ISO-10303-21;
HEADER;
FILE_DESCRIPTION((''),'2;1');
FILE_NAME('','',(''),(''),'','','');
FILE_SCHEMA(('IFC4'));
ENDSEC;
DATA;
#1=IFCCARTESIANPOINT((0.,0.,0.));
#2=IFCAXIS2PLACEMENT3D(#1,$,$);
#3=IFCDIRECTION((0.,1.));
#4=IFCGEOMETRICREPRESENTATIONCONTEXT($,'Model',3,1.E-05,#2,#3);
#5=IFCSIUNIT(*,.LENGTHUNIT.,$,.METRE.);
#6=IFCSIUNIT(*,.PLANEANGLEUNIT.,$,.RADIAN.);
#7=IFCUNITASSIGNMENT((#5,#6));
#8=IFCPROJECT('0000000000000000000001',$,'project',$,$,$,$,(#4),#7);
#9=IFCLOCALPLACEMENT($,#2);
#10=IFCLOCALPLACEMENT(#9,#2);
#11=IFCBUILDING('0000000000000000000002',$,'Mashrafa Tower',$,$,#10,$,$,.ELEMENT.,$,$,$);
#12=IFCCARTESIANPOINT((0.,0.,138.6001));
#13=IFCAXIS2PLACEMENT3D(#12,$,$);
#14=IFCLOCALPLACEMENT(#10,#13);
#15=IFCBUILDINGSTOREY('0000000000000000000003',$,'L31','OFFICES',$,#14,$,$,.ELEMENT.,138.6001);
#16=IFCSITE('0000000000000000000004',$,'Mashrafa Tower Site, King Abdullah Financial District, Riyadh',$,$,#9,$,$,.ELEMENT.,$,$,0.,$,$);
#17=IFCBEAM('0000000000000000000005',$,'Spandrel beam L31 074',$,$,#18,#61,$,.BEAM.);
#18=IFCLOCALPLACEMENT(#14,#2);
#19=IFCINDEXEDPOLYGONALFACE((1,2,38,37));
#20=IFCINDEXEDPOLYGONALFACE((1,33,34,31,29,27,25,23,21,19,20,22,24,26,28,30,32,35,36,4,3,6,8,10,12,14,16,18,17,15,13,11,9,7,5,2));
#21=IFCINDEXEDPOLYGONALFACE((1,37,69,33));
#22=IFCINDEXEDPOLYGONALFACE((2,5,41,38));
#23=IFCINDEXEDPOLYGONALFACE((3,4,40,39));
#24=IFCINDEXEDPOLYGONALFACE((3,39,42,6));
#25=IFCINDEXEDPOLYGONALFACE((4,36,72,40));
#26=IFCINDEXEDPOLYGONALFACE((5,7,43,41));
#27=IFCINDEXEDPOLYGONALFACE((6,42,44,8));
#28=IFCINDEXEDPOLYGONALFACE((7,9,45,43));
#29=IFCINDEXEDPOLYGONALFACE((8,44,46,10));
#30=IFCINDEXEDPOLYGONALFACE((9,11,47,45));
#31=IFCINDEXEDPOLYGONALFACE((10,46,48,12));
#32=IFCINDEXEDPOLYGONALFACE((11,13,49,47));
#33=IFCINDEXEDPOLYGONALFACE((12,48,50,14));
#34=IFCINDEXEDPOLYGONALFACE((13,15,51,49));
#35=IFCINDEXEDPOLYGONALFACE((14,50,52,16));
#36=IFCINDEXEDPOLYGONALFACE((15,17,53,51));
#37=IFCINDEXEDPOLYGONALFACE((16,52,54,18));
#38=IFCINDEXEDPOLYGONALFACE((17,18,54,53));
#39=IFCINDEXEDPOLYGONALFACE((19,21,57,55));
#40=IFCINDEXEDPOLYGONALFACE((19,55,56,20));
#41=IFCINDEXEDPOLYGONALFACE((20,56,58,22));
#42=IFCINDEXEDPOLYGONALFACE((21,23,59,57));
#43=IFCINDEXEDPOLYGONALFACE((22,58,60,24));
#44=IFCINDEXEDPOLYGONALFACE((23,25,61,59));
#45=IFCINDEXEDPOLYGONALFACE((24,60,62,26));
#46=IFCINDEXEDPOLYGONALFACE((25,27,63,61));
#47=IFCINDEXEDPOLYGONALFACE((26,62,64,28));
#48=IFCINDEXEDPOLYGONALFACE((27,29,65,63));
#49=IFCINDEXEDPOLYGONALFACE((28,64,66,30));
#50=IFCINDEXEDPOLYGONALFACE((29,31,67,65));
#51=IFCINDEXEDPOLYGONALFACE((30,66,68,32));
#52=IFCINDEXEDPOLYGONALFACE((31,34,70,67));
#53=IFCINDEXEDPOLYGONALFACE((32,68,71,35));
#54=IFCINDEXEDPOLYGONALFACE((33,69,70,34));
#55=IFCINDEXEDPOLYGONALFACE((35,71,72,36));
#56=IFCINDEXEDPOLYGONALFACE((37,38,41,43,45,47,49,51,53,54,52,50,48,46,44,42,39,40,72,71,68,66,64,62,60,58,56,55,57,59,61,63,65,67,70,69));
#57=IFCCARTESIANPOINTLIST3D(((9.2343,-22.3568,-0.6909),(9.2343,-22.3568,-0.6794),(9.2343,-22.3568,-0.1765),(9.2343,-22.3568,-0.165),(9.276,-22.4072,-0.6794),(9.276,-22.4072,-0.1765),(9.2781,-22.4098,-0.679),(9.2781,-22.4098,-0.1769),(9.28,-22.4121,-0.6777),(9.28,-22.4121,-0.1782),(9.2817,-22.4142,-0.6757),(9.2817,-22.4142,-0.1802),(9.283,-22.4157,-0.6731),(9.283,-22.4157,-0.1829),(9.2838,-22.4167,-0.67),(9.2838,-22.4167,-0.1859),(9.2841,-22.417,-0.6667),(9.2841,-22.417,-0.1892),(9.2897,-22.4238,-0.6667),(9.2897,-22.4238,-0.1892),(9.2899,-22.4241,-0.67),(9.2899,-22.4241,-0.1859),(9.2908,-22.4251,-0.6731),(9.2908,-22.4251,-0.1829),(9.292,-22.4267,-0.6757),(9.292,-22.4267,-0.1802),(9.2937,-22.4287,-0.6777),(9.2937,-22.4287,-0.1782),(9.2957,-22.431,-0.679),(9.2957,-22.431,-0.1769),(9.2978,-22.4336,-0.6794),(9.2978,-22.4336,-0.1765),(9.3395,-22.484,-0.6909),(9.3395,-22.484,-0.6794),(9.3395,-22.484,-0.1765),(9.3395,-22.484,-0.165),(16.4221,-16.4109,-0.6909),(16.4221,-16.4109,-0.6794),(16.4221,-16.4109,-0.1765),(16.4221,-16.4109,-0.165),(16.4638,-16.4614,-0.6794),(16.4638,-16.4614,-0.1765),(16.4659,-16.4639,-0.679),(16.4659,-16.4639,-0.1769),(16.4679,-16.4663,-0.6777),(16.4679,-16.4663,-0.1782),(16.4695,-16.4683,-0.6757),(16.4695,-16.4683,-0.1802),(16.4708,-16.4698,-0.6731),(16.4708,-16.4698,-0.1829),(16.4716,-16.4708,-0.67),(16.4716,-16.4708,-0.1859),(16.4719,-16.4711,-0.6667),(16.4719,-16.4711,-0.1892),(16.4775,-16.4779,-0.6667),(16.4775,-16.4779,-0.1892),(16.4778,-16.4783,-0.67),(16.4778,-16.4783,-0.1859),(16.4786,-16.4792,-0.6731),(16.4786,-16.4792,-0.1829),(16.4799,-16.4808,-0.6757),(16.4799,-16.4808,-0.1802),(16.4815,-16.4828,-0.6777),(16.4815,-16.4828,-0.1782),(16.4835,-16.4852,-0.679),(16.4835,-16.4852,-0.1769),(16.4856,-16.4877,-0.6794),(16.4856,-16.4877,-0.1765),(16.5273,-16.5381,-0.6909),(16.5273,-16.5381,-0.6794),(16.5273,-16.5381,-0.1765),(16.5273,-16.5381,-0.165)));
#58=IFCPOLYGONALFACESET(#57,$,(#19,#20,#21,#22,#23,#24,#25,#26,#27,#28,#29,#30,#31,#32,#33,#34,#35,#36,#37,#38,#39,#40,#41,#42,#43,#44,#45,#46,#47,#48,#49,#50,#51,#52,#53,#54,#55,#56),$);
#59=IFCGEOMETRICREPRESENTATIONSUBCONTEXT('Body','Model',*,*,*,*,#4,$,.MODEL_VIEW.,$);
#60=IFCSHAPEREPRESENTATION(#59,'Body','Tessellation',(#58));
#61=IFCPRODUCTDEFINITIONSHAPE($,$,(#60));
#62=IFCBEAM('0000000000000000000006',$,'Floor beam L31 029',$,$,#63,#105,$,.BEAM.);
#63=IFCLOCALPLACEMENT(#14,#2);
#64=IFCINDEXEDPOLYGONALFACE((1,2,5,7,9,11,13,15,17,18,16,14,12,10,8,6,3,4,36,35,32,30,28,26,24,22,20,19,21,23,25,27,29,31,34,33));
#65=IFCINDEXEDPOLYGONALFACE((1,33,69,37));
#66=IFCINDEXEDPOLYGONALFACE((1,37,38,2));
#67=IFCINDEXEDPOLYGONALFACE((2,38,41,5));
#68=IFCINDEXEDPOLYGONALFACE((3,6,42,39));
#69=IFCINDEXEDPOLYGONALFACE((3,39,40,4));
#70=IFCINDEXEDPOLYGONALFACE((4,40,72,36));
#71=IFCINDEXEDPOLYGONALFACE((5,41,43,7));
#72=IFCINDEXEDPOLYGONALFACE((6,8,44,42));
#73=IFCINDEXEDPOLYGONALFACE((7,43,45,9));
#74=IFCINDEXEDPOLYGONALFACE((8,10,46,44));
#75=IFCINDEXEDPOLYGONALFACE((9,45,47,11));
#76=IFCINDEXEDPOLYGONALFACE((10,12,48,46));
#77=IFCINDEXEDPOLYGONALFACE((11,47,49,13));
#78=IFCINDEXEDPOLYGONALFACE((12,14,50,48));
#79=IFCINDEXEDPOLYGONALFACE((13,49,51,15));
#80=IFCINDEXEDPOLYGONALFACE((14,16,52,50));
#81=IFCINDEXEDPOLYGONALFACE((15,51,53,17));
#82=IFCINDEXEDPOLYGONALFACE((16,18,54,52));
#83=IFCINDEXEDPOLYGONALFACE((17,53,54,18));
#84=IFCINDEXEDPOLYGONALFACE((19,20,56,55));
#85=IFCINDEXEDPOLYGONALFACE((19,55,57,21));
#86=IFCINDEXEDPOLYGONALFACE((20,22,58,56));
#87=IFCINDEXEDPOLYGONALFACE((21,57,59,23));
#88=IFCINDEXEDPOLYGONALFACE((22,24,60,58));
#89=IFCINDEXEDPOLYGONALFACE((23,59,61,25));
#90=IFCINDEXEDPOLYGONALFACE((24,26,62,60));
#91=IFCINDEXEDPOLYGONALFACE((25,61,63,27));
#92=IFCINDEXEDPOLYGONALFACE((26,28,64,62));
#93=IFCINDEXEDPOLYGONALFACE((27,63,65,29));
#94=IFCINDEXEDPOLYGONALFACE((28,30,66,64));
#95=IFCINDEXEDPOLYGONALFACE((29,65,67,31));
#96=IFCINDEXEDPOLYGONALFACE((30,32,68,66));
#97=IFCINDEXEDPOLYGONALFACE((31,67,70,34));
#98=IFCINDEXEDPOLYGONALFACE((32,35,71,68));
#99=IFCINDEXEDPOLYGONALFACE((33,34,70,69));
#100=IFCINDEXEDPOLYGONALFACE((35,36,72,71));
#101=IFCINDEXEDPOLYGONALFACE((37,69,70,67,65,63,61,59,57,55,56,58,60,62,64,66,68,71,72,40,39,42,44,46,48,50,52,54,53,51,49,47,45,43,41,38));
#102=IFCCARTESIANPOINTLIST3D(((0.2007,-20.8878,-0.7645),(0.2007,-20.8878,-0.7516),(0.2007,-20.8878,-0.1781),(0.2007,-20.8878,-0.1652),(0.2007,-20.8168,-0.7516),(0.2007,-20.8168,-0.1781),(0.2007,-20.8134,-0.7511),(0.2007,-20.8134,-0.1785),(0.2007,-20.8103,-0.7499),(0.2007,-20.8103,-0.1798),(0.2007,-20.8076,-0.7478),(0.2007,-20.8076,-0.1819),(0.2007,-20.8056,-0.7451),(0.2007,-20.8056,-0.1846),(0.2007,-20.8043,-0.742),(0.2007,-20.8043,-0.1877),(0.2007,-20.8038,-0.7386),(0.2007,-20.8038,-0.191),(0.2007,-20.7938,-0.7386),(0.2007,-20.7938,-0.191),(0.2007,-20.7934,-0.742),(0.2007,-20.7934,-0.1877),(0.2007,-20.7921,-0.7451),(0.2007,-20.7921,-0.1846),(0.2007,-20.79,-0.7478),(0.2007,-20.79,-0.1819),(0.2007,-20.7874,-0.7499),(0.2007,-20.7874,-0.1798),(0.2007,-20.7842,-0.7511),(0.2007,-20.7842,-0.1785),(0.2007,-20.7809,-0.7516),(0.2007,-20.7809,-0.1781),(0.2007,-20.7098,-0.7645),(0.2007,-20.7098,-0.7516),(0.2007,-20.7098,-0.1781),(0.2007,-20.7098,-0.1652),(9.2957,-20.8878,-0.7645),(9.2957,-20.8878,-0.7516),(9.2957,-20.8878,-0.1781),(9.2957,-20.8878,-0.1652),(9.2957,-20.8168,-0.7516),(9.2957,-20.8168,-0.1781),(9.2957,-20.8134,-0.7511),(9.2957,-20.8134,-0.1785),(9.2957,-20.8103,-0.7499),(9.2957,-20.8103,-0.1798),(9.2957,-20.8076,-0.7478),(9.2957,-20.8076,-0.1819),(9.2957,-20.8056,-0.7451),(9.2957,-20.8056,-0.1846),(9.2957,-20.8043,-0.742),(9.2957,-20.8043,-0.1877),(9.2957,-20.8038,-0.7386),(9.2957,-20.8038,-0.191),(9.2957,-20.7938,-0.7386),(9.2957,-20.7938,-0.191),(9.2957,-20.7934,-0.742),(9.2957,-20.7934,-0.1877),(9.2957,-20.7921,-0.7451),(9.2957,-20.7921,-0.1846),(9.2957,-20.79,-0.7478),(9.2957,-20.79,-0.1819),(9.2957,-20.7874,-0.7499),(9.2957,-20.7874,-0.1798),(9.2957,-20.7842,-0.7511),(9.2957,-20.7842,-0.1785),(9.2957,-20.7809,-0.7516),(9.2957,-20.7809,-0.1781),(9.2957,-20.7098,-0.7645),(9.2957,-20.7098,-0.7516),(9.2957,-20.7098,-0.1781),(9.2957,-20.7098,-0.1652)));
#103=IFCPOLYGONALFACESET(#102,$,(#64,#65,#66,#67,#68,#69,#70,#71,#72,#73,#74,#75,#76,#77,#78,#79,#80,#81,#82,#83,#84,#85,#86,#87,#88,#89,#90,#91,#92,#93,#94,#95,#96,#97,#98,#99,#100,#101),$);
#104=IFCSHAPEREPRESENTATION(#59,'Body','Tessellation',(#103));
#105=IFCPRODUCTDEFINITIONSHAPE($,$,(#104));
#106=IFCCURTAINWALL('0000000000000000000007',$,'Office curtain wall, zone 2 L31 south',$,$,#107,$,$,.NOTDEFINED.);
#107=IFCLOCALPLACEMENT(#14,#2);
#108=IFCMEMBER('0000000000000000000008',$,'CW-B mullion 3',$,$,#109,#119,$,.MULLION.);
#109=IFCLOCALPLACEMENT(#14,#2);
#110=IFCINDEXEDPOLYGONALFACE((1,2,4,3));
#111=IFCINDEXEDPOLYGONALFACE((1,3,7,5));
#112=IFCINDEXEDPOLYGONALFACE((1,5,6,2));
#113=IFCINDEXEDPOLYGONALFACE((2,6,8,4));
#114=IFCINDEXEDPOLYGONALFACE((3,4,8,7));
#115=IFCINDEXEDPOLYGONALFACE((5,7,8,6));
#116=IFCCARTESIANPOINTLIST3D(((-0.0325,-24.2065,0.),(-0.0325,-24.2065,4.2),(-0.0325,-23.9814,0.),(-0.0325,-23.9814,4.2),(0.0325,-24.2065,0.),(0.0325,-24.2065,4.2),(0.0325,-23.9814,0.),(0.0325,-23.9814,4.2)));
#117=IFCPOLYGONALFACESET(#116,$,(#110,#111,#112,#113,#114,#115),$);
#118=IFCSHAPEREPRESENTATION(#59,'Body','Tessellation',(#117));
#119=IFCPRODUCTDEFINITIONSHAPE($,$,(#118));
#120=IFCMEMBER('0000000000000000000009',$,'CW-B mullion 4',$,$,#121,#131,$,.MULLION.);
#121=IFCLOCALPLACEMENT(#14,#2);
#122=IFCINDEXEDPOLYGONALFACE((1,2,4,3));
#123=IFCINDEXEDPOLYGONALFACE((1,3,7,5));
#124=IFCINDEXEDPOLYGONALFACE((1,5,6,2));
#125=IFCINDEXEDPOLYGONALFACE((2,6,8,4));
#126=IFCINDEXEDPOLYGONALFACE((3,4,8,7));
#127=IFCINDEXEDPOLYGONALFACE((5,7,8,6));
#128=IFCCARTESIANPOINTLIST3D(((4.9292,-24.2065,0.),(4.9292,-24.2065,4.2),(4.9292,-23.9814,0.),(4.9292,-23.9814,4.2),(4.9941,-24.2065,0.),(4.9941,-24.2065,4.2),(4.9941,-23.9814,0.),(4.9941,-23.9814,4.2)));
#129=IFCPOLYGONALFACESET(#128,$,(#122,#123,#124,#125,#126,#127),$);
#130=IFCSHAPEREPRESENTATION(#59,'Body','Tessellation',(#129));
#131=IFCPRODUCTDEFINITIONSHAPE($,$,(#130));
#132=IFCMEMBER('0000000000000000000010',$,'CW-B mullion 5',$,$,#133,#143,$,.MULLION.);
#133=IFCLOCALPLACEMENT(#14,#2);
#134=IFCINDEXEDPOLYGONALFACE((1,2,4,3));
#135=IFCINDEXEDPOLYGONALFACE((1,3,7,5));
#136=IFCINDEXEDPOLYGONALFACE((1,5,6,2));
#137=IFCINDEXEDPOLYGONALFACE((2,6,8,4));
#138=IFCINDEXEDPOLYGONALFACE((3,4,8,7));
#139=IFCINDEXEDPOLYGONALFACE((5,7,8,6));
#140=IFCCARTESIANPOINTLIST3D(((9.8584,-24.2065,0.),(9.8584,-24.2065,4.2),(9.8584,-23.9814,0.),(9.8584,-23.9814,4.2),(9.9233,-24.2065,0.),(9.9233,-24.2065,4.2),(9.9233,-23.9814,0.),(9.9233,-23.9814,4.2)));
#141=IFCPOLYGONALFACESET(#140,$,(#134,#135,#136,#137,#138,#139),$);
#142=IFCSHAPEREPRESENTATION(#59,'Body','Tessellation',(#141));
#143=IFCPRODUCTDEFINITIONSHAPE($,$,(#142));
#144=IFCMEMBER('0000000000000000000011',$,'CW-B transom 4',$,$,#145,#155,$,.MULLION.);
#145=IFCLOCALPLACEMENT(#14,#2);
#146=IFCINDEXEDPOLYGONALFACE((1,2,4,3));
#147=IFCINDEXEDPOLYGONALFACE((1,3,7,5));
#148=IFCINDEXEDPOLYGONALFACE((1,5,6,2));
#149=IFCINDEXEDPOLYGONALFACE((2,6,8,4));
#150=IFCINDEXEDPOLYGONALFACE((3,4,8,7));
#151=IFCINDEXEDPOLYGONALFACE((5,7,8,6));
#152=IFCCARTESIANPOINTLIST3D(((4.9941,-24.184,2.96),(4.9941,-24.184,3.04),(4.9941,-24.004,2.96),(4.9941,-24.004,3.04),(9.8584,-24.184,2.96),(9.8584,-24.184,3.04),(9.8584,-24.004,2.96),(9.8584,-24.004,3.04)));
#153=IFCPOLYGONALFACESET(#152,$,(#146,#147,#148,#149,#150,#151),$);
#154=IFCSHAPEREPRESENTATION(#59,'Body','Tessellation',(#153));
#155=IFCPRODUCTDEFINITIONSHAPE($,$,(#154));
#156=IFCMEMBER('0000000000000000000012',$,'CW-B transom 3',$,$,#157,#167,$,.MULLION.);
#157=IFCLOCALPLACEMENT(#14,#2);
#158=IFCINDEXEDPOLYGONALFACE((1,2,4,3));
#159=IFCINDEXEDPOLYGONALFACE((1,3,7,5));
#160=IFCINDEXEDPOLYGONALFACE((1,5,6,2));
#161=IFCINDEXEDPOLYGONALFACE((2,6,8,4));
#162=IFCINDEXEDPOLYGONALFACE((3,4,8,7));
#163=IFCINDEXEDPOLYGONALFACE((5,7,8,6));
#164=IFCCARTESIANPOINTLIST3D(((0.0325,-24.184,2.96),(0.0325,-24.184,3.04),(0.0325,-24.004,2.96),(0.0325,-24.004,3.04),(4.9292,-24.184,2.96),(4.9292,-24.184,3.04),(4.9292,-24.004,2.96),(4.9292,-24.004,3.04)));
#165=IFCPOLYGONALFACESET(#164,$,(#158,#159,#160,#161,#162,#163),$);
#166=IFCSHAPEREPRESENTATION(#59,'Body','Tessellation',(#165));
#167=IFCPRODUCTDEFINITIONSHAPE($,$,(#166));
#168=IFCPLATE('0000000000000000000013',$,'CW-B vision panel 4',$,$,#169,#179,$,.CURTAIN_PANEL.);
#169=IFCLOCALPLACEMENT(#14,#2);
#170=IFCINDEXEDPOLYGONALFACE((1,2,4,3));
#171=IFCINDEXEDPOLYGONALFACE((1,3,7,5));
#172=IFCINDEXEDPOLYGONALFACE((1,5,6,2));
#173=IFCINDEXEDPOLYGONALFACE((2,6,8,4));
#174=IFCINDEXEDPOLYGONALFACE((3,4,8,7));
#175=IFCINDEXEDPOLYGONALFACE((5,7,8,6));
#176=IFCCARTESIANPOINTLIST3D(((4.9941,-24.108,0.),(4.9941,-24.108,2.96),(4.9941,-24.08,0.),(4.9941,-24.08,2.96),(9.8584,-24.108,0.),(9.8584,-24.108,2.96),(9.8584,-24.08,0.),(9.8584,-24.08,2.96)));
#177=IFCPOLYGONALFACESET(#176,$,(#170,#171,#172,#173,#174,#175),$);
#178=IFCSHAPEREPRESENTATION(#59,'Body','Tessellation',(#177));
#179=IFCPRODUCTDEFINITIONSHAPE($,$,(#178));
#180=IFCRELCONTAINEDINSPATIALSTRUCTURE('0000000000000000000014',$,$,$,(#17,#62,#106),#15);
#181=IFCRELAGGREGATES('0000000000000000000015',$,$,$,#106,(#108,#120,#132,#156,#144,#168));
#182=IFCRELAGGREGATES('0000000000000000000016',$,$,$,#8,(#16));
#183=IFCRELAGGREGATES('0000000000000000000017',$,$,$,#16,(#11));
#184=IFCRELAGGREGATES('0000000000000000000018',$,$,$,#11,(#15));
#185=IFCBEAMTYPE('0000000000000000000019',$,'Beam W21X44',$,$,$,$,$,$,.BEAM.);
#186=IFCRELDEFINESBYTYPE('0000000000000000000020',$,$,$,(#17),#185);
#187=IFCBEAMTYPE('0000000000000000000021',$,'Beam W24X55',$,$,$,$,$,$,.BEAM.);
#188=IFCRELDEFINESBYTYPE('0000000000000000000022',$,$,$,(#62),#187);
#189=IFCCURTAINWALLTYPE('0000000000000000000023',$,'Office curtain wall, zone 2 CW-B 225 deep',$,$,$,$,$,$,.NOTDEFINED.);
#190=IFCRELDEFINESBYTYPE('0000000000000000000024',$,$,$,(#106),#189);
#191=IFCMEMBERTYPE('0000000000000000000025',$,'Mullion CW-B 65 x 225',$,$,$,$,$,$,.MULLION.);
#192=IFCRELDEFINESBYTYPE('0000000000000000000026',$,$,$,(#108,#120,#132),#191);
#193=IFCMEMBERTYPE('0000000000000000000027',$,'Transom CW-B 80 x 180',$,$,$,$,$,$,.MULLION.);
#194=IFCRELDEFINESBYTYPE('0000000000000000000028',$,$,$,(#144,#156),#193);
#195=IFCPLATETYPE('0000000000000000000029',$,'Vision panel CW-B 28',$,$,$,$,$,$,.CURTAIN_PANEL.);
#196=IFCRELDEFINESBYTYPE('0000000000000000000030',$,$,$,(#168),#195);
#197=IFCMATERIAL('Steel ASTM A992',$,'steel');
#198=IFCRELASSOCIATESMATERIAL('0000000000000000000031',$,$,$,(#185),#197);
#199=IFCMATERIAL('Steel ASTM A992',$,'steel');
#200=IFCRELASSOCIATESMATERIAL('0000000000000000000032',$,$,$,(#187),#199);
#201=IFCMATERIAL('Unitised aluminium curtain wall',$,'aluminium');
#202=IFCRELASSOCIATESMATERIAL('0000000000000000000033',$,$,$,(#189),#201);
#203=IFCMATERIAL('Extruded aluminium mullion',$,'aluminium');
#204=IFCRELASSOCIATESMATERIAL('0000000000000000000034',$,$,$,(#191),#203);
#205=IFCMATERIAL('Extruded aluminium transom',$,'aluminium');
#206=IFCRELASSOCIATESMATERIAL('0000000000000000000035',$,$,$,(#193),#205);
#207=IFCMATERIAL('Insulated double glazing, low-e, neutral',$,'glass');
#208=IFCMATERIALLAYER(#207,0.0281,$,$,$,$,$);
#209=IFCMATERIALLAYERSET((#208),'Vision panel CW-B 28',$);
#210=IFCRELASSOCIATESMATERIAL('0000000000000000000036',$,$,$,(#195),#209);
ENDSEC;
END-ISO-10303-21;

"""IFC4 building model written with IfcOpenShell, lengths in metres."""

from ifc_helpers import new_model, si_unit, direction, frame, origin, origin_2d, place, context, subcontext, project, spatial, rectangle, i_section, extrude, source, transform, mapped, material, layer, layer_set, material_profile, profile_set, type_object, type_shapes, element, aggregate, save


model = new_model("IFC4")

# Units and contexts
model_context = context("Model", 3, precision=1e-05, world=origin(), true_north=direction((0.0, 1.0)))
body_context = subcontext(model_context, "Body", "Model", "MODEL_VIEW")
ifc_project = project(units=[si_unit("LENGTHUNIT", "METRE"), si_unit("PLANEANGLEUNIT", "RADIAN")], contexts=[model_context])

# Site, building, storey
site_placement = place(None, origin())
site = spatial("IfcSite", under=ifc_project, at=site_placement, Name="Mashrafa Tower Site, King Abdullah Financial District, Riyadh", CompositionType="ELEMENT", RefElevation=0.0)
building_placement = place(site_placement, origin())
building = spatial("IfcBuilding", under=site, at=building_placement, Name="Mashrafa Tower", CompositionType="ELEMENT")
storey_placement = place(building_placement, frame((0.0, 0.0, 138.6001)))
storey = spatial("IfcBuildingStorey", under=building, at=storey_placement, Name="L31", Description="OFFICES", CompositionType="ELEMENT", Elevation=138.6001)

# Beams
ifc_material_1 = material(Name="Steel ASTM A992", Category="steel")
ifc_material_profile_1 = material_profile(ifc_material_1, i_section(OverallWidth=0.165, OverallDepth=0.5259, WebThickness=0.0088, FlangeThickness=0.0115, FilletRadius=0.0127, at=origin_2d()), Name="W21X44")
ifc_profile_set_1 = profile_set([ifc_material_profile_1], Name="Steel ASTM A992")
beam_type_1 = type_object("IfcBeamType", Name="Beam W21X44", PredefinedType="BEAM", material=ifc_profile_set_1)
for number, where, z_axis, x_axis, name in (
    (1, (9.2869, -22.4204, -0.428), (0.770535, 0.637397, 0.0), (-0.637397, 0.770535, 0.0), "Spandrel beam L31 074"),
):
    element("IfcBeam", number, at=place(storey_placement, frame(where, z_axis=z_axis, x_axis=x_axis)), inside=storey, type_object=beam_type_1, Name=name, PredefinedType="BEAM", context=body_context, shape_type="SweptSolid", body=[
        extrude(i_section(OverallWidth=0.165, OverallDepth=0.5259, WebThickness=0.0088, FlangeThickness=0.0115, FilletRadius=0.0127, at=origin_2d()), origin(), (0.0, 0.0, 1.0), 9.3284),
    ])
ifc_material_2 = material(Name="Steel ASTM A992", Category="steel")
ifc_material_profile_2 = material_profile(ifc_material_2, i_section(OverallWidth=0.178, OverallDepth=0.5994, WebThickness=0.01, FlangeThickness=0.0129, FilletRadius=0.0129, at=origin_2d()), Name="W24X55")
ifc_profile_set_2 = profile_set([ifc_material_profile_2], Name="Steel ASTM A992")
beam_type_2 = type_object("IfcBeamType", Name="Beam W24X55", PredefinedType="BEAM", material=ifc_profile_set_2)
beam_1_placement = place(storey_placement, frame((9.2957, -20.7988, -0.4648), z_axis=(-1.0, 0.0, 0.0), x_axis=(0.0, -1.0, 0.0)))
element("IfcBeam", 2, at=beam_1_placement, inside=storey, type_object=beam_type_2, Name="Floor beam L31 029", PredefinedType="BEAM", context=body_context, shape_type="SweptSolid", body=[
    extrude(i_section(OverallWidth=0.178, OverallDepth=0.5994, WebThickness=0.01, FlangeThickness=0.0129, FilletRadius=0.0129, at=origin_2d()), origin(), (0.0, 0.0, 1.0), 9.095),
])

# Curtain wall, members, plate
ifc_material_3 = material(Name="Unitised aluminium curtain wall", Category="aluminium")
curtain_wall_type = type_object("IfcCurtainWallType", Name="Office curtain wall, zone 2 CW-B 225 deep", PredefinedType="NOTDEFINED", material=ifc_material_3)
curtain_wall_placement = place(storey_placement, origin())
curtain_wall = element("IfcCurtainWall", 3, at=curtain_wall_placement, inside=storey, type_object=curtain_wall_type, Name="Office curtain wall, zone 2 L31 south", PredefinedType="NOTDEFINED")
ifc_material_4 = material(Name="Extruded aluminium mullion", Category="aluminium")
ifc_material_profile_3 = material_profile(ifc_material_4, rectangle(XDim=0.2251, YDim=0.0649, at=origin_2d()), Name="Mullion 65x225")
ifc_profile_set_3 = profile_set([ifc_material_profile_3], Name="Extruded aluminium mullion")
member_type_1 = type_object("IfcMemberType", Name="Mullion CW-B 65 x 225", PredefinedType="MULLION", material=ifc_profile_set_3)
shared_shape_1 = source(origin(), body_context, "Body", "SweptSolid", [
    extrude(rectangle(XDim=0.2251, YDim=0.0649, at=origin_2d()), origin(), (0.0, 0.0, 1.0), 4.2),
])
type_shapes(member_type_1, [shared_shape_1])
member_1_placement = place(storey_placement, frame((0.0, -24.094, 0.0), z_axis=(0.0, 0.0, 1.0), x_axis=(0.0, 1.0, 0.0)))
member_1 = element("IfcMember", 4, at=member_1_placement, type_object=member_type_1, Name="CW-B mullion 3", PredefinedType="MULLION", context=body_context, shape_type="MappedRepresentation", body=[
    mapped(shared_shape_1, transform((0.0, 0.0, 0.0))),
])
member_2_placement = place(storey_placement, frame((4.9617, -24.094, 0.0), z_axis=(0.0, 0.0, 1.0), x_axis=(0.0, 1.0, 0.0)))
member_2 = element("IfcMember", 5, at=member_2_placement, type_object=member_type_1, Name="CW-B mullion 4", PredefinedType="MULLION", context=body_context, shape_type="MappedRepresentation", body=[
    mapped(shared_shape_1, transform((0.0, 0.0, 0.0))),
])
member_3_placement = place(storey_placement, frame((9.8909, -24.094, 0.0), z_axis=(0.0, 0.0, 1.0), x_axis=(0.0, 1.0, 0.0)))
member_3 = element("IfcMember", 6, at=member_3_placement, type_object=member_type_1, Name="CW-B mullion 5", PredefinedType="MULLION", context=body_context, shape_type="MappedRepresentation", body=[
    mapped(shared_shape_1, transform((0.0, 0.0, 0.0))),
])
ifc_material_5 = material(Name="Extruded aluminium transom", Category="aluminium")
ifc_material_profile_4 = material_profile(ifc_material_5, rectangle(XDim=0.1799, YDim=0.0801, at=origin_2d()), Name="Transom 80x180")
ifc_profile_set_4 = profile_set([ifc_material_profile_4], Name="Extruded aluminium transom")
member_type_2 = type_object("IfcMemberType", Name="Transom CW-B 80 x 180", PredefinedType="MULLION", material=ifc_profile_set_4)
shared_shape_2 = source(origin(), body_context, "Body", "SweptSolid", [
    extrude(rectangle(XDim=0.1799, YDim=0.0801, at=origin_2d()), origin(), (0.0, 0.0, 1.0), 4.8643),
])
member_4_placement = place(storey_placement, frame((4.9941, -24.094, 3.0), z_axis=(1.0, 0.0, 0.0), x_axis=(0.0, 1.0, 0.0)))
member_4 = element("IfcMember", 7, at=member_4_placement, type_object=member_type_2, Name="CW-B transom 4", PredefinedType="MULLION", context=body_context, shape_type="MappedRepresentation", body=[
    mapped(shared_shape_2, transform((0.0, 0.0, 0.0))),
])
shared_shape_3 = source(origin(), body_context, "Body", "SweptSolid", [
    extrude(rectangle(XDim=0.1799, YDim=0.0801, at=origin_2d()), origin(), (0.0, 0.0, 1.0), 4.8967),
])
type_shapes(member_type_2, [shared_shape_2, shared_shape_3])
member_5_placement = place(storey_placement, frame((0.0325, -24.094, 3.0), z_axis=(1.0, 0.0, 0.0), x_axis=(0.0, 1.0, 0.0)))
member_5 = element("IfcMember", 8, at=member_5_placement, type_object=member_type_2, Name="CW-B transom 3", PredefinedType="MULLION", context=body_context, shape_type="MappedRepresentation", body=[
    mapped(shared_shape_3, transform((0.0, 0.0, 0.0))),
])
ifc_material_6 = material(Name="Insulated double glazing, low-e, neutral", Category="glass")
ifc_layer_1 = layer(ifc_material_6, 0.0281)
ifc_layer_set_1 = layer_set([ifc_layer_1], Name="Vision panel CW-B 28")
plate_type_1 = type_object("IfcPlateType", Name="Vision panel CW-B 28", PredefinedType="CURTAIN_PANEL", material=ifc_layer_set_1)
shared_shape_4 = source(origin(), body_context, "Body", "SweptSolid", [
    extrude(rectangle(XDim=4.8643, YDim=0.0281, at=origin_2d()), origin(), (0.0, 0.0, 1.0), 2.96),
])
plate_1_placement = place(storey_placement, frame((7.4263, -24.094, 0.0), z_axis=(0.0, 0.0, 1.0), x_axis=(1.0, 0.0, 0.0)))
plate_1 = element("IfcPlate", 9, at=plate_1_placement, type_object=plate_type_1, Name="CW-B vision panel 4", PredefinedType="CURTAIN_PANEL", context=body_context, shape_type="MappedRepresentation", body=[
    mapped(shared_shape_4, transform((0.0, 0.0, 0.0))),
])
aggregate(curtain_wall, [member_1, member_2, member_3, member_5, member_4, plate_1])

save(model, "model.ifc")
